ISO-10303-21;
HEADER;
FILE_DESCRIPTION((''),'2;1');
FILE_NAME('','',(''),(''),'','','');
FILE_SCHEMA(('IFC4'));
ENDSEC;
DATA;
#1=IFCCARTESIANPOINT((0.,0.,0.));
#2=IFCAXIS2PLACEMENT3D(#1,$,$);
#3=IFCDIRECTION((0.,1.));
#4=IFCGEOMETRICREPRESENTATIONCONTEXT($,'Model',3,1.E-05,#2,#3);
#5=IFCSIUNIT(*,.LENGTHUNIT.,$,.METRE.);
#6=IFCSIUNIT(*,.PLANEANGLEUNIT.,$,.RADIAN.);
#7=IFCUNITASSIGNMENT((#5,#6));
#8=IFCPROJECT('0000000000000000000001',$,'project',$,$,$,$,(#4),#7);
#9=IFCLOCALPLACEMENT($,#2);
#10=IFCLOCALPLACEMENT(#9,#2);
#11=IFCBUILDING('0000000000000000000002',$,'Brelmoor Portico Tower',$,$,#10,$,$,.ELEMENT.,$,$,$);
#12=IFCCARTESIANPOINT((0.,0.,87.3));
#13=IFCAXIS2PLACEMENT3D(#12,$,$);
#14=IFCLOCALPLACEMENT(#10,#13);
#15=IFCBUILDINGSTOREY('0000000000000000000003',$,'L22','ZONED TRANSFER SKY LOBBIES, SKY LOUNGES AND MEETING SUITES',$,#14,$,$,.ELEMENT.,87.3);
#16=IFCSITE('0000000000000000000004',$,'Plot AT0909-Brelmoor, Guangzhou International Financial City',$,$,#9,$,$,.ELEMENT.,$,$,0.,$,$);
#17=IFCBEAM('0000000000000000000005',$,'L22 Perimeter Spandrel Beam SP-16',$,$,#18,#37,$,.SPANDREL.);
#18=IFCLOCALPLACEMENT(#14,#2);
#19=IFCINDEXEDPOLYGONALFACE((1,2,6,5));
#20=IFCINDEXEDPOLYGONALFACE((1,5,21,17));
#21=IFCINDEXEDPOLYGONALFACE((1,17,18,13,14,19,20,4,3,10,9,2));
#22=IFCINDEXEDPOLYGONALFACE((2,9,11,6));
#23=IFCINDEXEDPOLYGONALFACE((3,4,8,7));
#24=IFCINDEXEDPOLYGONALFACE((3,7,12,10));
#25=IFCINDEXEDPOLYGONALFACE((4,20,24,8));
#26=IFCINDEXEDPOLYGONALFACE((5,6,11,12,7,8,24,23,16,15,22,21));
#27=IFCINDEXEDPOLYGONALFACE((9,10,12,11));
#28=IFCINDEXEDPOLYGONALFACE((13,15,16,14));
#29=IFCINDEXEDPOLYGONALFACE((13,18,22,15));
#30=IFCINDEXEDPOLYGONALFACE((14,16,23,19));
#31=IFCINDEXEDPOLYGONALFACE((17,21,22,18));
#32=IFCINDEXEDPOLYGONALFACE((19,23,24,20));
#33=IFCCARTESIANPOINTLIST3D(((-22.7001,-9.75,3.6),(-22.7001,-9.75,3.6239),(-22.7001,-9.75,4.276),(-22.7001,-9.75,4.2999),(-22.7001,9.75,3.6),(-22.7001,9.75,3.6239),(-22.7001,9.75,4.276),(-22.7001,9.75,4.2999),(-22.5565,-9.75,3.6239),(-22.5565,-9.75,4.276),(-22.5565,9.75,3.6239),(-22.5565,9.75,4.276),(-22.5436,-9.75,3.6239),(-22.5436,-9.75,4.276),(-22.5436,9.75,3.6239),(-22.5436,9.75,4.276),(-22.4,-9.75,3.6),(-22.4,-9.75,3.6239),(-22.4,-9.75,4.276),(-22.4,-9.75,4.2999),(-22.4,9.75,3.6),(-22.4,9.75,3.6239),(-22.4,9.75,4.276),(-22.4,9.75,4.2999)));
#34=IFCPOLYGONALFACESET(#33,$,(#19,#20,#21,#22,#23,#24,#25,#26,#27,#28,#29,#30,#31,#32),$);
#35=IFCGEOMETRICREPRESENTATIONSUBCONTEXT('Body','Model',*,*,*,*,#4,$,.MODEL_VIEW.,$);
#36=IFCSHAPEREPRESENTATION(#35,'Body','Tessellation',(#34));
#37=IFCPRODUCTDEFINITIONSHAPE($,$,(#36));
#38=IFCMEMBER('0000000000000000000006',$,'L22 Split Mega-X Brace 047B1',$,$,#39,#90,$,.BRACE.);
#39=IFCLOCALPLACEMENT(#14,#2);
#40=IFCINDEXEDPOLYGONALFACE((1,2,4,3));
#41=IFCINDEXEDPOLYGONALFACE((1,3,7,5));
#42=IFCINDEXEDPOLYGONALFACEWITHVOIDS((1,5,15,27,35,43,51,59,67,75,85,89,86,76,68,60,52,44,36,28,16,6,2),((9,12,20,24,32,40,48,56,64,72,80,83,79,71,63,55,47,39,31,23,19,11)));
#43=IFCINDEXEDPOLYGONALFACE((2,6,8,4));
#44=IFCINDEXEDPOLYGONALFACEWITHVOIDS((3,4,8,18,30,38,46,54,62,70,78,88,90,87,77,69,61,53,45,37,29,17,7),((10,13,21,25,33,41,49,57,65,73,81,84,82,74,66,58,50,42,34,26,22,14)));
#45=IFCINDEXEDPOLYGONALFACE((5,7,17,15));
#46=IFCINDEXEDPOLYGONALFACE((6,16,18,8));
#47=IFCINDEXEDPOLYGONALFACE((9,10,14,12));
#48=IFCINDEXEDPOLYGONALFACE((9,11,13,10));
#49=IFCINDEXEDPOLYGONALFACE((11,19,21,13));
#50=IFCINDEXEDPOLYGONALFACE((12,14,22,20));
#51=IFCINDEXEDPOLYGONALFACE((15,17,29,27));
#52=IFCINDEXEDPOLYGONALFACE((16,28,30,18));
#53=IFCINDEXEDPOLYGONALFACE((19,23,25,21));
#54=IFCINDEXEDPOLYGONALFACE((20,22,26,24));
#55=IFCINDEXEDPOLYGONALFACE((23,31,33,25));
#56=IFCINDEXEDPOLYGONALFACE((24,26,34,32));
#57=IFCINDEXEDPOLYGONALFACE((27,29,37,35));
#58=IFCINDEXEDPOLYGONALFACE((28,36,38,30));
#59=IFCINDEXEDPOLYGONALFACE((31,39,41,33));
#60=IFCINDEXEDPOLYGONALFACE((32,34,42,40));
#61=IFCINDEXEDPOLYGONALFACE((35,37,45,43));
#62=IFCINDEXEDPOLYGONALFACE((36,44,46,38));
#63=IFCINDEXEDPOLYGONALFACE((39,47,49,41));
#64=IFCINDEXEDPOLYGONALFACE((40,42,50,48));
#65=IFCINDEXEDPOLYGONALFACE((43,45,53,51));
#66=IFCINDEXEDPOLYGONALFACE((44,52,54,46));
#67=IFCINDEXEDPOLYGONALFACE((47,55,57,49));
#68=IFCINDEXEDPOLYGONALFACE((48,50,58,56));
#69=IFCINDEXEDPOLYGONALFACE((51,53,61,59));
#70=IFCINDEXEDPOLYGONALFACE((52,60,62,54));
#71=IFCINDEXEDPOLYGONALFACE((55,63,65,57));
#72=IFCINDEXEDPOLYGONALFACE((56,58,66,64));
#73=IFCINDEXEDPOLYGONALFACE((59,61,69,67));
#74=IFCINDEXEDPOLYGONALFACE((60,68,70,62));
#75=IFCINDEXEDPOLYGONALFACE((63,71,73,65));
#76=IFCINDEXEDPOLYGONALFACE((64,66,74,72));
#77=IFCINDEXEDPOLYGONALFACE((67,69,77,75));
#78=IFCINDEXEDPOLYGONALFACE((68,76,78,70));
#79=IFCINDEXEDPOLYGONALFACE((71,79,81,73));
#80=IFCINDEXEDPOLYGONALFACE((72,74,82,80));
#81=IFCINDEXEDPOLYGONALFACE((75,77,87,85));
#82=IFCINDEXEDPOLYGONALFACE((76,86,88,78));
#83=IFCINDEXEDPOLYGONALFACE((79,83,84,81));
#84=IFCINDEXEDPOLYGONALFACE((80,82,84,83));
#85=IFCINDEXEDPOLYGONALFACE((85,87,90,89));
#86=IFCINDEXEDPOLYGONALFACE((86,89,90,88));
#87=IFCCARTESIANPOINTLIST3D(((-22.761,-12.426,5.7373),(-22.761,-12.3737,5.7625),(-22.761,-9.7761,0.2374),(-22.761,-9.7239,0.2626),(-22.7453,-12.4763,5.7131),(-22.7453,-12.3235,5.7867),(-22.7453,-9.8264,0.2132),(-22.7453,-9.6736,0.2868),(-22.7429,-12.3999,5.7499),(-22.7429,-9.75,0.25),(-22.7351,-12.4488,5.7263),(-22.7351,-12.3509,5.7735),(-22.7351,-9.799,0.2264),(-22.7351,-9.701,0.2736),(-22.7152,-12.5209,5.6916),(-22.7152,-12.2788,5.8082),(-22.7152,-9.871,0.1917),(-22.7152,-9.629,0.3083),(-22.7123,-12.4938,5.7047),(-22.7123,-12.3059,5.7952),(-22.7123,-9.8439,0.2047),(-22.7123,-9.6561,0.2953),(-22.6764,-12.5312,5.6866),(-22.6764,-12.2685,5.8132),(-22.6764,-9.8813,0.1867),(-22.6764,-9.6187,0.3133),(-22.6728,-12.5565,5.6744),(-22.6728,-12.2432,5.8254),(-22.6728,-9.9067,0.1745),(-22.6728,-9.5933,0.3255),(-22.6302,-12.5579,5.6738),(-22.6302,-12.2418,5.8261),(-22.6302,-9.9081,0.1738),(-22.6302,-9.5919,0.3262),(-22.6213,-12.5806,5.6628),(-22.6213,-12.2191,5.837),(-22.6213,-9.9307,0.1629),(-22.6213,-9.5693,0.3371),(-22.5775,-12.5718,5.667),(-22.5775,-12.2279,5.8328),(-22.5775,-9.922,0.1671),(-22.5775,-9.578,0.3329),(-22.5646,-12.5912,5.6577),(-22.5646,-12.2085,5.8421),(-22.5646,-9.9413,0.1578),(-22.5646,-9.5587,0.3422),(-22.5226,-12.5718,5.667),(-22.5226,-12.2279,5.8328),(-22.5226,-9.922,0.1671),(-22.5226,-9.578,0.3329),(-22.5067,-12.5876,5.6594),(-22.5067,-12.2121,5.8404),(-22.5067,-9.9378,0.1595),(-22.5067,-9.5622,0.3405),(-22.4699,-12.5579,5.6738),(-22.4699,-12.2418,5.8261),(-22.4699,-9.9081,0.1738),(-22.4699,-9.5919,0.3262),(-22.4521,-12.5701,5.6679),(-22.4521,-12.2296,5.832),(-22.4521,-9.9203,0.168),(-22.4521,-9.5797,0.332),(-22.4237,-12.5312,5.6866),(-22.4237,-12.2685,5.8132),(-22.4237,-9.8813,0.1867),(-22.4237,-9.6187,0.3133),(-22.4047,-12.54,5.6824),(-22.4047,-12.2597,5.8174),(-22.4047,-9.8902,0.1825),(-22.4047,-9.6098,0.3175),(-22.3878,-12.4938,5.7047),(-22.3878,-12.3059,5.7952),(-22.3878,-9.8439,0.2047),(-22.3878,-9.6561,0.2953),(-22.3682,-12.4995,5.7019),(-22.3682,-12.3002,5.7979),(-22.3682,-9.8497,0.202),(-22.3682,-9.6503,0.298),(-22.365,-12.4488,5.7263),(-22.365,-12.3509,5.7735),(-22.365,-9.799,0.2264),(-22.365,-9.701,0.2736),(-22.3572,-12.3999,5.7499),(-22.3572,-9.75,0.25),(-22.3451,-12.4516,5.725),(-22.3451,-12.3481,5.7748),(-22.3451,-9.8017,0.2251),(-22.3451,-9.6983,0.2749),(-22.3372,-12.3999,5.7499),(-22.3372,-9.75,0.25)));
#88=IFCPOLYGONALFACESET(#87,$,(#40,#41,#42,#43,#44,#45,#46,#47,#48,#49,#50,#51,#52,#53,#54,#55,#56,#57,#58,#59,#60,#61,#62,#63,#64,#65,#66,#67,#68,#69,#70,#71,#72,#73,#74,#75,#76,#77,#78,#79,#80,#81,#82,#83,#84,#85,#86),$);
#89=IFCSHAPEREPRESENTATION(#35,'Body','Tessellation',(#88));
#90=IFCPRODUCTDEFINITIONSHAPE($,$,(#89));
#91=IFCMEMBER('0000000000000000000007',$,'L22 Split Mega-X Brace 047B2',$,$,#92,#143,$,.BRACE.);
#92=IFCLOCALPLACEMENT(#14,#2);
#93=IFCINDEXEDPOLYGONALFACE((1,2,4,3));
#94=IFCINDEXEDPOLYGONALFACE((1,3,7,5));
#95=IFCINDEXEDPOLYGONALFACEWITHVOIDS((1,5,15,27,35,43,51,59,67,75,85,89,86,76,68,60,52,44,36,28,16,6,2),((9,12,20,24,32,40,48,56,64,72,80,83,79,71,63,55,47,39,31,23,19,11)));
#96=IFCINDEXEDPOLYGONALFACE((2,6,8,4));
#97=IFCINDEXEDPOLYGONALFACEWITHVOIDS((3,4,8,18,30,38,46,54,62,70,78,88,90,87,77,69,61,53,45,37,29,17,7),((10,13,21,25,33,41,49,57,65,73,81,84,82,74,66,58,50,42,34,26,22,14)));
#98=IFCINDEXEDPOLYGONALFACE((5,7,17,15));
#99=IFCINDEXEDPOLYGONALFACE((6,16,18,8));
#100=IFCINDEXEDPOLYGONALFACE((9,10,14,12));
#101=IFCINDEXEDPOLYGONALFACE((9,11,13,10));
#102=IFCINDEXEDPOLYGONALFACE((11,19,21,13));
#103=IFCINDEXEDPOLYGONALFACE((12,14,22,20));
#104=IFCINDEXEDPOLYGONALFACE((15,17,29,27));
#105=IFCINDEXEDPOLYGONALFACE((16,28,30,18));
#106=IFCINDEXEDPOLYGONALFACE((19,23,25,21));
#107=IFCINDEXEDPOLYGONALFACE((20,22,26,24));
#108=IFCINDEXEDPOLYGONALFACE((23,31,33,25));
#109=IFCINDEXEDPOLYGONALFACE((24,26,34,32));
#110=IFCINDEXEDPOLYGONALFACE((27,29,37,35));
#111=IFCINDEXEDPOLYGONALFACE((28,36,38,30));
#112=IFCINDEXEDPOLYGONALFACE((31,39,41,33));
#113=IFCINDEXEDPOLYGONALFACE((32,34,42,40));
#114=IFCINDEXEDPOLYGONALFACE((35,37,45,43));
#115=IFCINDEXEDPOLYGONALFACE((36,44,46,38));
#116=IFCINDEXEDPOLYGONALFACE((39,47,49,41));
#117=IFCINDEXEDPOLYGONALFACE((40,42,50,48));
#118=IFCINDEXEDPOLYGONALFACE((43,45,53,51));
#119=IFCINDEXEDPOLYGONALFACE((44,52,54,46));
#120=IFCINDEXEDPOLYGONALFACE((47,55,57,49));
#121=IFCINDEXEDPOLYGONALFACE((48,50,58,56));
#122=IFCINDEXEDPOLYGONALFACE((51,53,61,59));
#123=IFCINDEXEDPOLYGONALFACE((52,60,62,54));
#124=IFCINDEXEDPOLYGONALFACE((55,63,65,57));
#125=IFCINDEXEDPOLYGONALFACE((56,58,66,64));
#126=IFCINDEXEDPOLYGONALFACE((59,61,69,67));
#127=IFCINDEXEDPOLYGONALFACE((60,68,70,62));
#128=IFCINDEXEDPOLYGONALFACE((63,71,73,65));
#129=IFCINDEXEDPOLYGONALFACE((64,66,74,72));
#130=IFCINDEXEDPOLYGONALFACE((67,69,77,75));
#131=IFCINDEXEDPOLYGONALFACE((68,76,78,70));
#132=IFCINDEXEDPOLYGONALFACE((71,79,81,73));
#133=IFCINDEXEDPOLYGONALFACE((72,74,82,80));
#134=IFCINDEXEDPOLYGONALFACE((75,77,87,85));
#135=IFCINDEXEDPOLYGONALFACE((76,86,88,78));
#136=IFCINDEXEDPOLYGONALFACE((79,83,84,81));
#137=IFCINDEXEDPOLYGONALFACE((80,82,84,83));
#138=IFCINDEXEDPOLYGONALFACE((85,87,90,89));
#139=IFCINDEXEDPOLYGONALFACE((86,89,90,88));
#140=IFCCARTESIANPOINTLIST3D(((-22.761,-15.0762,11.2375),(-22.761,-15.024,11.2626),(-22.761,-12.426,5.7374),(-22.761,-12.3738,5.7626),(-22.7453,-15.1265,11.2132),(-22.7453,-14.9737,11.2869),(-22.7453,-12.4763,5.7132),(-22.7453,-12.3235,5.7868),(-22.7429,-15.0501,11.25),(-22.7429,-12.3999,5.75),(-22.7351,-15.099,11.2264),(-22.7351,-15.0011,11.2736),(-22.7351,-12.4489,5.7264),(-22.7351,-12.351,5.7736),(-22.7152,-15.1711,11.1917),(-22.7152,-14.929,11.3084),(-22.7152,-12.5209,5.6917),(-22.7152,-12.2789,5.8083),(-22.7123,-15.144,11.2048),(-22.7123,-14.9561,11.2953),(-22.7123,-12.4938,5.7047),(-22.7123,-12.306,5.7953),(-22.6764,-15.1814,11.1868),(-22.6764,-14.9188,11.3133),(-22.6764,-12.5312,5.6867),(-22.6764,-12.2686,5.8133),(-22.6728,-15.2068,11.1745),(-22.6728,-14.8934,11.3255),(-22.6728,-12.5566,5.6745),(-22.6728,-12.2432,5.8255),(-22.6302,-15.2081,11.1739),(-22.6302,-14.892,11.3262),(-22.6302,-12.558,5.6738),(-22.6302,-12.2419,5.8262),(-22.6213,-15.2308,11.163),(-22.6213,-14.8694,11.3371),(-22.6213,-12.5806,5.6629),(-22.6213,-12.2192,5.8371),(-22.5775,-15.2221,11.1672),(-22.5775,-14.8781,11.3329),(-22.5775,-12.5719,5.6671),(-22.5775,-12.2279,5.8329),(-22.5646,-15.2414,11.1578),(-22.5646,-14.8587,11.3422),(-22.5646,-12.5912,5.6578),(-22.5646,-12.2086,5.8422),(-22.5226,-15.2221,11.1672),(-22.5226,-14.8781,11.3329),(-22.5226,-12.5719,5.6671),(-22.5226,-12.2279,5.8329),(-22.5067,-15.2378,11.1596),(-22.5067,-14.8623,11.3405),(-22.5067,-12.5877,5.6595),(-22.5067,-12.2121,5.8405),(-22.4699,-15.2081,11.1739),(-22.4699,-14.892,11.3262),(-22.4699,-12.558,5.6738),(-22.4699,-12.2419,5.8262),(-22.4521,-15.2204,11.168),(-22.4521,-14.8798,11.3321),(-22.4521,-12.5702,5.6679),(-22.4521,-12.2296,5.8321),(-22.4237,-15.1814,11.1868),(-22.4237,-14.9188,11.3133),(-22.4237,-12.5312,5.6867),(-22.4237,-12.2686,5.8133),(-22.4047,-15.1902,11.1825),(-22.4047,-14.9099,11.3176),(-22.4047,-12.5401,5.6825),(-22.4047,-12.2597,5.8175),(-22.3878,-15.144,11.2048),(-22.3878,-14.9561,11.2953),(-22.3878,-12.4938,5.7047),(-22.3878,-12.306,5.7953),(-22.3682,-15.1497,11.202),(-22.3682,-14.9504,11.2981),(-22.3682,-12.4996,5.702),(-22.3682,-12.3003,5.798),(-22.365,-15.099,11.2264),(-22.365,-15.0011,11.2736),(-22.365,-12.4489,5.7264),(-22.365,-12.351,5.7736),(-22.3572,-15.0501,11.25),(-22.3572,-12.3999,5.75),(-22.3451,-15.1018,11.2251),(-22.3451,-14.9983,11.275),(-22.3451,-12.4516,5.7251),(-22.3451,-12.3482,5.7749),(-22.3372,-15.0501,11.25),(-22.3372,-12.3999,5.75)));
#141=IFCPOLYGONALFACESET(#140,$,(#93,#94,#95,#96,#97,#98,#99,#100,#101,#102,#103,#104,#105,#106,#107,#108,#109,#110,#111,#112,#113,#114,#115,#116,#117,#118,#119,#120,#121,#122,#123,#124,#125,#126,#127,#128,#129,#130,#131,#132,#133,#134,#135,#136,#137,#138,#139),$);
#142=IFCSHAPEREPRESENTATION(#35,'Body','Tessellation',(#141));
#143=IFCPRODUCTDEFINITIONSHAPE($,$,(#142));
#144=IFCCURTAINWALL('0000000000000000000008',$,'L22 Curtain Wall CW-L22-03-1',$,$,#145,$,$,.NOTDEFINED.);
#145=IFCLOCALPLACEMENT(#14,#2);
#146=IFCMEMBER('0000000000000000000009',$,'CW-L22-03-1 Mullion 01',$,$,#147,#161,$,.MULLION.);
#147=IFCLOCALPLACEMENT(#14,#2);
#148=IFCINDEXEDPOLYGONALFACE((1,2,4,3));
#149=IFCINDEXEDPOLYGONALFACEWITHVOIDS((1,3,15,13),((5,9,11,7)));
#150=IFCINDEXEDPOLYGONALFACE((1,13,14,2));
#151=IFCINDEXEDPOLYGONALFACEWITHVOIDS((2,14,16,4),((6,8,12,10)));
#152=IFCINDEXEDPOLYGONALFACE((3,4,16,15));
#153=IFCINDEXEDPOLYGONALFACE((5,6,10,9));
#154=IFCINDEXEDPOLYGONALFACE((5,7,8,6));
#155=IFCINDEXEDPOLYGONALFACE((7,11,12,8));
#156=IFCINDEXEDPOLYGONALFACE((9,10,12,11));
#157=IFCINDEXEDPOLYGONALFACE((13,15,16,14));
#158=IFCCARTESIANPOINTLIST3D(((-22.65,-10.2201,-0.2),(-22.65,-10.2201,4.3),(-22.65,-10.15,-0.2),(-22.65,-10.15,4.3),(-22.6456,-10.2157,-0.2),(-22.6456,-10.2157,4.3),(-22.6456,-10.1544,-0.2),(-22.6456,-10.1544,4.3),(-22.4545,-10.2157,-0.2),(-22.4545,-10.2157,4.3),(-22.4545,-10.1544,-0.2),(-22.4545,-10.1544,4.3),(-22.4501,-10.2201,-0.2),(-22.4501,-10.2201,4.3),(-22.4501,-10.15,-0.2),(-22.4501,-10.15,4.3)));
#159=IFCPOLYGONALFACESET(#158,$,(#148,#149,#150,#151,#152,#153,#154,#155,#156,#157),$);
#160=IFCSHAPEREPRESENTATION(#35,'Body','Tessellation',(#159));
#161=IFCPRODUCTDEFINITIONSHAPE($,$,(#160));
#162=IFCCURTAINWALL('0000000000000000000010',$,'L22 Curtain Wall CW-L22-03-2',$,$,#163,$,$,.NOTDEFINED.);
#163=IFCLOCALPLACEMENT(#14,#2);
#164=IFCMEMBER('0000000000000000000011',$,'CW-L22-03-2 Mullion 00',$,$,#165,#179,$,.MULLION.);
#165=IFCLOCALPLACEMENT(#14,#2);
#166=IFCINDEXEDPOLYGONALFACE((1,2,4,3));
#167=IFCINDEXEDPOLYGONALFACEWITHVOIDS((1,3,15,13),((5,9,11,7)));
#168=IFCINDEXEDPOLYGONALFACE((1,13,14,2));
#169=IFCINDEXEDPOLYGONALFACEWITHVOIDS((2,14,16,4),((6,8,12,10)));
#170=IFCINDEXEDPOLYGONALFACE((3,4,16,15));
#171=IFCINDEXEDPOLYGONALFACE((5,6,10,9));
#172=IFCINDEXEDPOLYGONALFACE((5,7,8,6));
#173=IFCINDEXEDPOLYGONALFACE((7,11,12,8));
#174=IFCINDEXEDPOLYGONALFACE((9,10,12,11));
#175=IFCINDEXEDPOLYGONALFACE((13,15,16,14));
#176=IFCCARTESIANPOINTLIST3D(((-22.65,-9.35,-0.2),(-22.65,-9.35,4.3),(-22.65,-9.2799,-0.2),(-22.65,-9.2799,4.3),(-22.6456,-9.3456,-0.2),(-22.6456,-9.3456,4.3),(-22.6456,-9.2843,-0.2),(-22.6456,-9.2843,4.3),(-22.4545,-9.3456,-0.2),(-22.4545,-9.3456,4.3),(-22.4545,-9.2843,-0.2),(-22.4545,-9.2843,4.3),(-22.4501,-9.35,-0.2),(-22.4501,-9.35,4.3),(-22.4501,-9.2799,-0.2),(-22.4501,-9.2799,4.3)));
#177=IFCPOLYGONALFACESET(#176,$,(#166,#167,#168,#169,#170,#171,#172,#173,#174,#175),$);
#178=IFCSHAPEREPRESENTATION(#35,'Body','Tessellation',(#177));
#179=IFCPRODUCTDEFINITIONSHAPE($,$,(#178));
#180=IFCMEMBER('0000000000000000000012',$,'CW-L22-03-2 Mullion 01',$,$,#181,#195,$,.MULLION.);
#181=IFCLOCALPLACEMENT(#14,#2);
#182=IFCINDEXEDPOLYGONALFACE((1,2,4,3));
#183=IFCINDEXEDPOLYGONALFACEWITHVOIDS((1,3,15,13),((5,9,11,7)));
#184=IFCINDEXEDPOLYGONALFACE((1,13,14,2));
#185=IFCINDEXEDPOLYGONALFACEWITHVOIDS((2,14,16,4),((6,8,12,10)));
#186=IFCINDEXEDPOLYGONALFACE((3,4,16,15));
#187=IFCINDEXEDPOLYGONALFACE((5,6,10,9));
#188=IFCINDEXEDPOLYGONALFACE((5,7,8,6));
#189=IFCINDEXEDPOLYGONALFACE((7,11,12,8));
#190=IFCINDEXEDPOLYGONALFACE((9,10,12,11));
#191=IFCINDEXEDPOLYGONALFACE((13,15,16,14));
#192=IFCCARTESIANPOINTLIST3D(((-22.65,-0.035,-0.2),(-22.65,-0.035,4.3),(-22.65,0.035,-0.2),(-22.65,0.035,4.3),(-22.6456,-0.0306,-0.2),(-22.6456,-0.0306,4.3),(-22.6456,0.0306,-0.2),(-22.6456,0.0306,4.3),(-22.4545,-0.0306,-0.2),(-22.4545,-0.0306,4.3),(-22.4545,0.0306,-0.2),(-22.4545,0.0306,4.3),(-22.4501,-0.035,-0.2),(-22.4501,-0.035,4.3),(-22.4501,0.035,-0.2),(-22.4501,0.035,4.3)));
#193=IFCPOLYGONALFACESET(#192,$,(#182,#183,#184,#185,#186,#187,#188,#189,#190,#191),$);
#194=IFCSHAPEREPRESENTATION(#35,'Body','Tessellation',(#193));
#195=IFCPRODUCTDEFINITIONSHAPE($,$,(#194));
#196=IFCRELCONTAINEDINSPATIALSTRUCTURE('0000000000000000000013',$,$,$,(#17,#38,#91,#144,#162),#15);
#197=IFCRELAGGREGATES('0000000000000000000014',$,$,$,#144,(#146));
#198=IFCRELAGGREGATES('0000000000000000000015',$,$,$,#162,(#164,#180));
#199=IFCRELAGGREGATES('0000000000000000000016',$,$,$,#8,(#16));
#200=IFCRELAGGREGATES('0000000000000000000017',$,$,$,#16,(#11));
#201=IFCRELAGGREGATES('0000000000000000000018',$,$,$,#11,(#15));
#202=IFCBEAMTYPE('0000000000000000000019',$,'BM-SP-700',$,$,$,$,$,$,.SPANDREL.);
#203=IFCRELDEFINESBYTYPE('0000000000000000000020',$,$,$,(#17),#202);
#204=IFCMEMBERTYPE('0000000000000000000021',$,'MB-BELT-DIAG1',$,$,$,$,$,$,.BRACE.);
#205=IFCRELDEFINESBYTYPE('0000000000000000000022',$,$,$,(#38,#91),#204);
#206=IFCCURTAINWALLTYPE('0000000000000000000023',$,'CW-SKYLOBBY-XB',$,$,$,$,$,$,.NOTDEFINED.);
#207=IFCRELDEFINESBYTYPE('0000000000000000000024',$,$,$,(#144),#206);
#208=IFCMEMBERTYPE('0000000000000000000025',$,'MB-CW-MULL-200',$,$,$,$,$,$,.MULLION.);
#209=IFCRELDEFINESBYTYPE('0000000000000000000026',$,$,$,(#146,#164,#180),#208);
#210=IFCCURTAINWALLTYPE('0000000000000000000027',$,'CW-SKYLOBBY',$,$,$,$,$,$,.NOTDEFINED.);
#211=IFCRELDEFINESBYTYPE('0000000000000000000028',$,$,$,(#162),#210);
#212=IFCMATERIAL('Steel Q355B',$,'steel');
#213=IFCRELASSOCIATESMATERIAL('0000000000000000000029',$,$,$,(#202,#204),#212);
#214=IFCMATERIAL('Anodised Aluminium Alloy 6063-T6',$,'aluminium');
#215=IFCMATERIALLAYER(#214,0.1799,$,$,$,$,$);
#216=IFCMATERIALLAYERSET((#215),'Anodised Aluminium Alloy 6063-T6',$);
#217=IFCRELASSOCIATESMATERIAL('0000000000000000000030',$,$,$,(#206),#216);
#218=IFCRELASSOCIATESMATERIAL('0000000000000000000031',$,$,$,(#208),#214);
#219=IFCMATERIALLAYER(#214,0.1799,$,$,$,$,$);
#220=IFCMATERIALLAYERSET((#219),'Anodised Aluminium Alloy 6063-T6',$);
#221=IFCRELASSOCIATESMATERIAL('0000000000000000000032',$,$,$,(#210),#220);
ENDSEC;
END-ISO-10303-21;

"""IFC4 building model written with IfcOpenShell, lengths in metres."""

from ifc_helpers import new_model, si_unit, direction, frame, origin, origin_2d, place, context, subcontext, project, spatial, hollow_rectangle, hollow_circle, i_section, extrude, material, layer, layer_set, material_profile, profile_set, type_object, element, aggregate, save


model = new_model("IFC4")

# Units and contexts
model_context = context("Model", 3, precision=1e-05, world=origin(), true_north=direction((0.0, 1.0)))
body_context = subcontext(model_context, "Body", "Model", "MODEL_VIEW")
ifc_project = project(units=[si_unit("LENGTHUNIT", "METRE"), si_unit("PLANEANGLEUNIT", "RADIAN")], contexts=[model_context])

# Site, building, storey
site_placement = place(None, origin())
site = spatial("IfcSite", under=ifc_project, at=site_placement, Name="Plot AT0909-Brelmoor, Guangzhou International Financial City", CompositionType="ELEMENT", RefElevation=0.0)
building_placement = place(site_placement, origin())
building = spatial("IfcBuilding", under=site, at=building_placement, Name="Brelmoor Portico Tower", CompositionType="ELEMENT")
storey_placement = place(building_placement, frame((0.0, 0.0, 87.3)))
storey = spatial("IfcBuildingStorey", under=building, at=storey_placement, Name="L22", Description="ZONED TRANSFER SKY LOBBIES, SKY LOUNGES AND MEETING SUITES", CompositionType="ELEMENT", Elevation=87.3)

# Shared definitions
ifc_material_1 = material(Name="Steel Q355B", Category="steel")

# Beam
ifc_material_profile_1 = material_profile(ifc_material_1, i_section(OverallWidth=0.3, OverallDepth=0.7, WebThickness=0.0129, FlangeThickness=0.0239, at=origin_2d()), Name="HN 700x300x13x24")
ifc_profile_set_1 = profile_set([ifc_material_profile_1], Name="Steel Q355B")
beam_type_1 = type_object("IfcBeamType", Name="BM-SP-700", PredefinedType="SPANDREL", material=ifc_profile_set_1)
beam_1_placement = place(storey_placement, frame((-22.55, -9.75, 3.95), z_axis=(0.0, 1.0, 0.0), x_axis=(-1.0, 0.0, 0.0)))
element("IfcBeam", 1, at=beam_1_placement, inside=storey, type_object=beam_type_1, Name="L22 Perimeter Spandrel Beam SP-16", PredefinedType="SPANDREL", context=body_context, shape_type="SweptSolid", body=[
    extrude(i_section(OverallWidth=0.3, OverallDepth=0.7, WebThickness=0.0129, FlangeThickness=0.0239, at=origin_2d()), origin(), (0.0, 0.0, 1.0), 19.5),
])

# Members
ifc_material_profile_2 = material_profile(ifc_material_1, hollow_circle(Radius=0.2129, WallThickness=0.02, at=origin_2d()), Name="CHS 426x20")
ifc_profile_set_2 = profile_set([ifc_material_profile_2], Name="Steel Q355B")
member_type_1 = type_object("IfcMemberType", Name="MB-BELT-DIAG1", PredefinedType="BRACE", material=ifc_profile_set_2)
member_1_placement = place(storey_placement, frame((-22.55, -9.75, 0.25), z_axis=(0.0, -0.434049, 0.900889), x_axis=(1.0, 0.0, 0.0)))
element("IfcMember", 2, at=member_1_placement, inside=storey, type_object=member_type_1, Name="L22 Split Mega-X Brace 047B1", PredefinedType="BRACE", context=body_context, shape_type="SweptSolid", body=[
    extrude(hollow_circle(Radius=0.2129, WallThickness=0.02, at=origin_2d()), origin(), (0.0, 0.0, 1.0), 6.105),
])
member_2_placement = place(storey_placement, frame((-22.55, -12.3999, 5.75), z_axis=(0.0, -0.434081, 0.900874), x_axis=(1.0, 0.0, 0.0)))
element("IfcMember", 3, at=member_2_placement, inside=storey, type_object=member_type_1, Name="L22 Split Mega-X Brace 047B2", PredefinedType="BRACE", context=body_context, shape_type="SweptSolid", body=[
    extrude(hollow_circle(Radius=0.2129, WallThickness=0.02, at=origin_2d()), origin(), (0.0, 0.0, 1.0), 6.1052),
])

# Curtain wall, member
ifc_material_2 = material(Name="Anodised Aluminium Alloy 6063-T6", Category="aluminium")
ifc_layer_1 = layer(ifc_material_2, 0.1799)
ifc_layer_set_1 = layer_set([ifc_layer_1], Name="Anodised Aluminium Alloy 6063-T6")
curtain_wall_type_1 = type_object("IfcCurtainWallType", Name="CW-SKYLOBBY-XB", PredefinedType="NOTDEFINED", material=ifc_layer_set_1)
curtain_wall_1_placement = place(storey_placement, origin())
curtain_wall_1 = element("IfcCurtainWall", 4, at=curtain_wall_1_placement, inside=storey, type_object=curtain_wall_type_1, Name="L22 Curtain Wall CW-L22-03-1", PredefinedType="NOTDEFINED")
ifc_material_profile_3 = material_profile(ifc_material_2, hollow_rectangle(XDim=0.0701, YDim=0.2, WallThickness=0.0044, at=origin_2d()), Name="ALU MULLION 70x200")
ifc_profile_set_3 = profile_set([ifc_material_profile_3], Name="Anodised Aluminium Alloy 6063-T6")
member_type_2 = type_object("IfcMemberType", Name="MB-CW-MULL-200", PredefinedType="MULLION", material=ifc_profile_set_3)
member_3_placement = place(storey_placement, frame((-22.55, -10.1851, -0.2), z_axis=(0.0, 0.0, 1.0), x_axis=(0.0, 1.0, 0.0)))
member_3 = element("IfcMember", 5, at=member_3_placement, type_object=member_type_2, Name="CW-L22-03-1 Mullion 01", PredefinedType="MULLION", context=body_context, shape_type="SweptSolid", body=[
    extrude(hollow_rectangle(XDim=0.0701, YDim=0.2, WallThickness=0.0044, at=origin_2d()), origin(), (0.0, 0.0, 1.0), 4.5),
])

# Curtain wall, members
ifc_layer_2 = layer(ifc_material_2, 0.1799)
ifc_layer_set_2 = layer_set([ifc_layer_2], Name="Anodised Aluminium Alloy 6063-T6")
curtain_wall_type_2 = type_object("IfcCurtainWallType", Name="CW-SKYLOBBY", PredefinedType="NOTDEFINED", material=ifc_layer_set_2)
curtain_wall_2_placement = place(storey_placement, origin())
curtain_wall_2 = element("IfcCurtainWall", 6, at=curtain_wall_2_placement, inside=storey, type_object=curtain_wall_type_2, Name="L22 Curtain Wall CW-L22-03-2", PredefinedType="NOTDEFINED")
member_4_placement = place(storey_placement, frame((-22.55, -9.3149, -0.2), z_axis=(0.0, 0.0, 1.0), x_axis=(0.0, 1.0, 0.0)))
member_4 = element("IfcMember", 7, at=member_4_placement, type_object=member_type_2, Name="CW-L22-03-2 Mullion 00", PredefinedType="MULLION", context=body_context, shape_type="SweptSolid", body=[
    extrude(hollow_rectangle(XDim=0.0701, YDim=0.2, WallThickness=0.0044, at=origin_2d()), origin(), (0.0, 0.0, 1.0), 4.5),
])
member_5_placement = place(storey_placement, frame((-22.55, 0.0, -0.2), z_axis=(0.0, 0.0, 1.0), x_axis=(0.0, 1.0, 0.0)))
member_5 = element("IfcMember", 8, at=member_5_placement, type_object=member_type_2, Name="CW-L22-03-2 Mullion 01", PredefinedType="MULLION", context=body_context, shape_type="SweptSolid", body=[
    extrude(hollow_rectangle(XDim=0.0701, YDim=0.2, WallThickness=0.0044, at=origin_2d()), origin(), (0.0, 0.0, 1.0), 4.5),
])

aggregate(curtain_wall_1, [member_3])
aggregate(curtain_wall_2, [member_4, member_5])

save(model, "model.ifc")
